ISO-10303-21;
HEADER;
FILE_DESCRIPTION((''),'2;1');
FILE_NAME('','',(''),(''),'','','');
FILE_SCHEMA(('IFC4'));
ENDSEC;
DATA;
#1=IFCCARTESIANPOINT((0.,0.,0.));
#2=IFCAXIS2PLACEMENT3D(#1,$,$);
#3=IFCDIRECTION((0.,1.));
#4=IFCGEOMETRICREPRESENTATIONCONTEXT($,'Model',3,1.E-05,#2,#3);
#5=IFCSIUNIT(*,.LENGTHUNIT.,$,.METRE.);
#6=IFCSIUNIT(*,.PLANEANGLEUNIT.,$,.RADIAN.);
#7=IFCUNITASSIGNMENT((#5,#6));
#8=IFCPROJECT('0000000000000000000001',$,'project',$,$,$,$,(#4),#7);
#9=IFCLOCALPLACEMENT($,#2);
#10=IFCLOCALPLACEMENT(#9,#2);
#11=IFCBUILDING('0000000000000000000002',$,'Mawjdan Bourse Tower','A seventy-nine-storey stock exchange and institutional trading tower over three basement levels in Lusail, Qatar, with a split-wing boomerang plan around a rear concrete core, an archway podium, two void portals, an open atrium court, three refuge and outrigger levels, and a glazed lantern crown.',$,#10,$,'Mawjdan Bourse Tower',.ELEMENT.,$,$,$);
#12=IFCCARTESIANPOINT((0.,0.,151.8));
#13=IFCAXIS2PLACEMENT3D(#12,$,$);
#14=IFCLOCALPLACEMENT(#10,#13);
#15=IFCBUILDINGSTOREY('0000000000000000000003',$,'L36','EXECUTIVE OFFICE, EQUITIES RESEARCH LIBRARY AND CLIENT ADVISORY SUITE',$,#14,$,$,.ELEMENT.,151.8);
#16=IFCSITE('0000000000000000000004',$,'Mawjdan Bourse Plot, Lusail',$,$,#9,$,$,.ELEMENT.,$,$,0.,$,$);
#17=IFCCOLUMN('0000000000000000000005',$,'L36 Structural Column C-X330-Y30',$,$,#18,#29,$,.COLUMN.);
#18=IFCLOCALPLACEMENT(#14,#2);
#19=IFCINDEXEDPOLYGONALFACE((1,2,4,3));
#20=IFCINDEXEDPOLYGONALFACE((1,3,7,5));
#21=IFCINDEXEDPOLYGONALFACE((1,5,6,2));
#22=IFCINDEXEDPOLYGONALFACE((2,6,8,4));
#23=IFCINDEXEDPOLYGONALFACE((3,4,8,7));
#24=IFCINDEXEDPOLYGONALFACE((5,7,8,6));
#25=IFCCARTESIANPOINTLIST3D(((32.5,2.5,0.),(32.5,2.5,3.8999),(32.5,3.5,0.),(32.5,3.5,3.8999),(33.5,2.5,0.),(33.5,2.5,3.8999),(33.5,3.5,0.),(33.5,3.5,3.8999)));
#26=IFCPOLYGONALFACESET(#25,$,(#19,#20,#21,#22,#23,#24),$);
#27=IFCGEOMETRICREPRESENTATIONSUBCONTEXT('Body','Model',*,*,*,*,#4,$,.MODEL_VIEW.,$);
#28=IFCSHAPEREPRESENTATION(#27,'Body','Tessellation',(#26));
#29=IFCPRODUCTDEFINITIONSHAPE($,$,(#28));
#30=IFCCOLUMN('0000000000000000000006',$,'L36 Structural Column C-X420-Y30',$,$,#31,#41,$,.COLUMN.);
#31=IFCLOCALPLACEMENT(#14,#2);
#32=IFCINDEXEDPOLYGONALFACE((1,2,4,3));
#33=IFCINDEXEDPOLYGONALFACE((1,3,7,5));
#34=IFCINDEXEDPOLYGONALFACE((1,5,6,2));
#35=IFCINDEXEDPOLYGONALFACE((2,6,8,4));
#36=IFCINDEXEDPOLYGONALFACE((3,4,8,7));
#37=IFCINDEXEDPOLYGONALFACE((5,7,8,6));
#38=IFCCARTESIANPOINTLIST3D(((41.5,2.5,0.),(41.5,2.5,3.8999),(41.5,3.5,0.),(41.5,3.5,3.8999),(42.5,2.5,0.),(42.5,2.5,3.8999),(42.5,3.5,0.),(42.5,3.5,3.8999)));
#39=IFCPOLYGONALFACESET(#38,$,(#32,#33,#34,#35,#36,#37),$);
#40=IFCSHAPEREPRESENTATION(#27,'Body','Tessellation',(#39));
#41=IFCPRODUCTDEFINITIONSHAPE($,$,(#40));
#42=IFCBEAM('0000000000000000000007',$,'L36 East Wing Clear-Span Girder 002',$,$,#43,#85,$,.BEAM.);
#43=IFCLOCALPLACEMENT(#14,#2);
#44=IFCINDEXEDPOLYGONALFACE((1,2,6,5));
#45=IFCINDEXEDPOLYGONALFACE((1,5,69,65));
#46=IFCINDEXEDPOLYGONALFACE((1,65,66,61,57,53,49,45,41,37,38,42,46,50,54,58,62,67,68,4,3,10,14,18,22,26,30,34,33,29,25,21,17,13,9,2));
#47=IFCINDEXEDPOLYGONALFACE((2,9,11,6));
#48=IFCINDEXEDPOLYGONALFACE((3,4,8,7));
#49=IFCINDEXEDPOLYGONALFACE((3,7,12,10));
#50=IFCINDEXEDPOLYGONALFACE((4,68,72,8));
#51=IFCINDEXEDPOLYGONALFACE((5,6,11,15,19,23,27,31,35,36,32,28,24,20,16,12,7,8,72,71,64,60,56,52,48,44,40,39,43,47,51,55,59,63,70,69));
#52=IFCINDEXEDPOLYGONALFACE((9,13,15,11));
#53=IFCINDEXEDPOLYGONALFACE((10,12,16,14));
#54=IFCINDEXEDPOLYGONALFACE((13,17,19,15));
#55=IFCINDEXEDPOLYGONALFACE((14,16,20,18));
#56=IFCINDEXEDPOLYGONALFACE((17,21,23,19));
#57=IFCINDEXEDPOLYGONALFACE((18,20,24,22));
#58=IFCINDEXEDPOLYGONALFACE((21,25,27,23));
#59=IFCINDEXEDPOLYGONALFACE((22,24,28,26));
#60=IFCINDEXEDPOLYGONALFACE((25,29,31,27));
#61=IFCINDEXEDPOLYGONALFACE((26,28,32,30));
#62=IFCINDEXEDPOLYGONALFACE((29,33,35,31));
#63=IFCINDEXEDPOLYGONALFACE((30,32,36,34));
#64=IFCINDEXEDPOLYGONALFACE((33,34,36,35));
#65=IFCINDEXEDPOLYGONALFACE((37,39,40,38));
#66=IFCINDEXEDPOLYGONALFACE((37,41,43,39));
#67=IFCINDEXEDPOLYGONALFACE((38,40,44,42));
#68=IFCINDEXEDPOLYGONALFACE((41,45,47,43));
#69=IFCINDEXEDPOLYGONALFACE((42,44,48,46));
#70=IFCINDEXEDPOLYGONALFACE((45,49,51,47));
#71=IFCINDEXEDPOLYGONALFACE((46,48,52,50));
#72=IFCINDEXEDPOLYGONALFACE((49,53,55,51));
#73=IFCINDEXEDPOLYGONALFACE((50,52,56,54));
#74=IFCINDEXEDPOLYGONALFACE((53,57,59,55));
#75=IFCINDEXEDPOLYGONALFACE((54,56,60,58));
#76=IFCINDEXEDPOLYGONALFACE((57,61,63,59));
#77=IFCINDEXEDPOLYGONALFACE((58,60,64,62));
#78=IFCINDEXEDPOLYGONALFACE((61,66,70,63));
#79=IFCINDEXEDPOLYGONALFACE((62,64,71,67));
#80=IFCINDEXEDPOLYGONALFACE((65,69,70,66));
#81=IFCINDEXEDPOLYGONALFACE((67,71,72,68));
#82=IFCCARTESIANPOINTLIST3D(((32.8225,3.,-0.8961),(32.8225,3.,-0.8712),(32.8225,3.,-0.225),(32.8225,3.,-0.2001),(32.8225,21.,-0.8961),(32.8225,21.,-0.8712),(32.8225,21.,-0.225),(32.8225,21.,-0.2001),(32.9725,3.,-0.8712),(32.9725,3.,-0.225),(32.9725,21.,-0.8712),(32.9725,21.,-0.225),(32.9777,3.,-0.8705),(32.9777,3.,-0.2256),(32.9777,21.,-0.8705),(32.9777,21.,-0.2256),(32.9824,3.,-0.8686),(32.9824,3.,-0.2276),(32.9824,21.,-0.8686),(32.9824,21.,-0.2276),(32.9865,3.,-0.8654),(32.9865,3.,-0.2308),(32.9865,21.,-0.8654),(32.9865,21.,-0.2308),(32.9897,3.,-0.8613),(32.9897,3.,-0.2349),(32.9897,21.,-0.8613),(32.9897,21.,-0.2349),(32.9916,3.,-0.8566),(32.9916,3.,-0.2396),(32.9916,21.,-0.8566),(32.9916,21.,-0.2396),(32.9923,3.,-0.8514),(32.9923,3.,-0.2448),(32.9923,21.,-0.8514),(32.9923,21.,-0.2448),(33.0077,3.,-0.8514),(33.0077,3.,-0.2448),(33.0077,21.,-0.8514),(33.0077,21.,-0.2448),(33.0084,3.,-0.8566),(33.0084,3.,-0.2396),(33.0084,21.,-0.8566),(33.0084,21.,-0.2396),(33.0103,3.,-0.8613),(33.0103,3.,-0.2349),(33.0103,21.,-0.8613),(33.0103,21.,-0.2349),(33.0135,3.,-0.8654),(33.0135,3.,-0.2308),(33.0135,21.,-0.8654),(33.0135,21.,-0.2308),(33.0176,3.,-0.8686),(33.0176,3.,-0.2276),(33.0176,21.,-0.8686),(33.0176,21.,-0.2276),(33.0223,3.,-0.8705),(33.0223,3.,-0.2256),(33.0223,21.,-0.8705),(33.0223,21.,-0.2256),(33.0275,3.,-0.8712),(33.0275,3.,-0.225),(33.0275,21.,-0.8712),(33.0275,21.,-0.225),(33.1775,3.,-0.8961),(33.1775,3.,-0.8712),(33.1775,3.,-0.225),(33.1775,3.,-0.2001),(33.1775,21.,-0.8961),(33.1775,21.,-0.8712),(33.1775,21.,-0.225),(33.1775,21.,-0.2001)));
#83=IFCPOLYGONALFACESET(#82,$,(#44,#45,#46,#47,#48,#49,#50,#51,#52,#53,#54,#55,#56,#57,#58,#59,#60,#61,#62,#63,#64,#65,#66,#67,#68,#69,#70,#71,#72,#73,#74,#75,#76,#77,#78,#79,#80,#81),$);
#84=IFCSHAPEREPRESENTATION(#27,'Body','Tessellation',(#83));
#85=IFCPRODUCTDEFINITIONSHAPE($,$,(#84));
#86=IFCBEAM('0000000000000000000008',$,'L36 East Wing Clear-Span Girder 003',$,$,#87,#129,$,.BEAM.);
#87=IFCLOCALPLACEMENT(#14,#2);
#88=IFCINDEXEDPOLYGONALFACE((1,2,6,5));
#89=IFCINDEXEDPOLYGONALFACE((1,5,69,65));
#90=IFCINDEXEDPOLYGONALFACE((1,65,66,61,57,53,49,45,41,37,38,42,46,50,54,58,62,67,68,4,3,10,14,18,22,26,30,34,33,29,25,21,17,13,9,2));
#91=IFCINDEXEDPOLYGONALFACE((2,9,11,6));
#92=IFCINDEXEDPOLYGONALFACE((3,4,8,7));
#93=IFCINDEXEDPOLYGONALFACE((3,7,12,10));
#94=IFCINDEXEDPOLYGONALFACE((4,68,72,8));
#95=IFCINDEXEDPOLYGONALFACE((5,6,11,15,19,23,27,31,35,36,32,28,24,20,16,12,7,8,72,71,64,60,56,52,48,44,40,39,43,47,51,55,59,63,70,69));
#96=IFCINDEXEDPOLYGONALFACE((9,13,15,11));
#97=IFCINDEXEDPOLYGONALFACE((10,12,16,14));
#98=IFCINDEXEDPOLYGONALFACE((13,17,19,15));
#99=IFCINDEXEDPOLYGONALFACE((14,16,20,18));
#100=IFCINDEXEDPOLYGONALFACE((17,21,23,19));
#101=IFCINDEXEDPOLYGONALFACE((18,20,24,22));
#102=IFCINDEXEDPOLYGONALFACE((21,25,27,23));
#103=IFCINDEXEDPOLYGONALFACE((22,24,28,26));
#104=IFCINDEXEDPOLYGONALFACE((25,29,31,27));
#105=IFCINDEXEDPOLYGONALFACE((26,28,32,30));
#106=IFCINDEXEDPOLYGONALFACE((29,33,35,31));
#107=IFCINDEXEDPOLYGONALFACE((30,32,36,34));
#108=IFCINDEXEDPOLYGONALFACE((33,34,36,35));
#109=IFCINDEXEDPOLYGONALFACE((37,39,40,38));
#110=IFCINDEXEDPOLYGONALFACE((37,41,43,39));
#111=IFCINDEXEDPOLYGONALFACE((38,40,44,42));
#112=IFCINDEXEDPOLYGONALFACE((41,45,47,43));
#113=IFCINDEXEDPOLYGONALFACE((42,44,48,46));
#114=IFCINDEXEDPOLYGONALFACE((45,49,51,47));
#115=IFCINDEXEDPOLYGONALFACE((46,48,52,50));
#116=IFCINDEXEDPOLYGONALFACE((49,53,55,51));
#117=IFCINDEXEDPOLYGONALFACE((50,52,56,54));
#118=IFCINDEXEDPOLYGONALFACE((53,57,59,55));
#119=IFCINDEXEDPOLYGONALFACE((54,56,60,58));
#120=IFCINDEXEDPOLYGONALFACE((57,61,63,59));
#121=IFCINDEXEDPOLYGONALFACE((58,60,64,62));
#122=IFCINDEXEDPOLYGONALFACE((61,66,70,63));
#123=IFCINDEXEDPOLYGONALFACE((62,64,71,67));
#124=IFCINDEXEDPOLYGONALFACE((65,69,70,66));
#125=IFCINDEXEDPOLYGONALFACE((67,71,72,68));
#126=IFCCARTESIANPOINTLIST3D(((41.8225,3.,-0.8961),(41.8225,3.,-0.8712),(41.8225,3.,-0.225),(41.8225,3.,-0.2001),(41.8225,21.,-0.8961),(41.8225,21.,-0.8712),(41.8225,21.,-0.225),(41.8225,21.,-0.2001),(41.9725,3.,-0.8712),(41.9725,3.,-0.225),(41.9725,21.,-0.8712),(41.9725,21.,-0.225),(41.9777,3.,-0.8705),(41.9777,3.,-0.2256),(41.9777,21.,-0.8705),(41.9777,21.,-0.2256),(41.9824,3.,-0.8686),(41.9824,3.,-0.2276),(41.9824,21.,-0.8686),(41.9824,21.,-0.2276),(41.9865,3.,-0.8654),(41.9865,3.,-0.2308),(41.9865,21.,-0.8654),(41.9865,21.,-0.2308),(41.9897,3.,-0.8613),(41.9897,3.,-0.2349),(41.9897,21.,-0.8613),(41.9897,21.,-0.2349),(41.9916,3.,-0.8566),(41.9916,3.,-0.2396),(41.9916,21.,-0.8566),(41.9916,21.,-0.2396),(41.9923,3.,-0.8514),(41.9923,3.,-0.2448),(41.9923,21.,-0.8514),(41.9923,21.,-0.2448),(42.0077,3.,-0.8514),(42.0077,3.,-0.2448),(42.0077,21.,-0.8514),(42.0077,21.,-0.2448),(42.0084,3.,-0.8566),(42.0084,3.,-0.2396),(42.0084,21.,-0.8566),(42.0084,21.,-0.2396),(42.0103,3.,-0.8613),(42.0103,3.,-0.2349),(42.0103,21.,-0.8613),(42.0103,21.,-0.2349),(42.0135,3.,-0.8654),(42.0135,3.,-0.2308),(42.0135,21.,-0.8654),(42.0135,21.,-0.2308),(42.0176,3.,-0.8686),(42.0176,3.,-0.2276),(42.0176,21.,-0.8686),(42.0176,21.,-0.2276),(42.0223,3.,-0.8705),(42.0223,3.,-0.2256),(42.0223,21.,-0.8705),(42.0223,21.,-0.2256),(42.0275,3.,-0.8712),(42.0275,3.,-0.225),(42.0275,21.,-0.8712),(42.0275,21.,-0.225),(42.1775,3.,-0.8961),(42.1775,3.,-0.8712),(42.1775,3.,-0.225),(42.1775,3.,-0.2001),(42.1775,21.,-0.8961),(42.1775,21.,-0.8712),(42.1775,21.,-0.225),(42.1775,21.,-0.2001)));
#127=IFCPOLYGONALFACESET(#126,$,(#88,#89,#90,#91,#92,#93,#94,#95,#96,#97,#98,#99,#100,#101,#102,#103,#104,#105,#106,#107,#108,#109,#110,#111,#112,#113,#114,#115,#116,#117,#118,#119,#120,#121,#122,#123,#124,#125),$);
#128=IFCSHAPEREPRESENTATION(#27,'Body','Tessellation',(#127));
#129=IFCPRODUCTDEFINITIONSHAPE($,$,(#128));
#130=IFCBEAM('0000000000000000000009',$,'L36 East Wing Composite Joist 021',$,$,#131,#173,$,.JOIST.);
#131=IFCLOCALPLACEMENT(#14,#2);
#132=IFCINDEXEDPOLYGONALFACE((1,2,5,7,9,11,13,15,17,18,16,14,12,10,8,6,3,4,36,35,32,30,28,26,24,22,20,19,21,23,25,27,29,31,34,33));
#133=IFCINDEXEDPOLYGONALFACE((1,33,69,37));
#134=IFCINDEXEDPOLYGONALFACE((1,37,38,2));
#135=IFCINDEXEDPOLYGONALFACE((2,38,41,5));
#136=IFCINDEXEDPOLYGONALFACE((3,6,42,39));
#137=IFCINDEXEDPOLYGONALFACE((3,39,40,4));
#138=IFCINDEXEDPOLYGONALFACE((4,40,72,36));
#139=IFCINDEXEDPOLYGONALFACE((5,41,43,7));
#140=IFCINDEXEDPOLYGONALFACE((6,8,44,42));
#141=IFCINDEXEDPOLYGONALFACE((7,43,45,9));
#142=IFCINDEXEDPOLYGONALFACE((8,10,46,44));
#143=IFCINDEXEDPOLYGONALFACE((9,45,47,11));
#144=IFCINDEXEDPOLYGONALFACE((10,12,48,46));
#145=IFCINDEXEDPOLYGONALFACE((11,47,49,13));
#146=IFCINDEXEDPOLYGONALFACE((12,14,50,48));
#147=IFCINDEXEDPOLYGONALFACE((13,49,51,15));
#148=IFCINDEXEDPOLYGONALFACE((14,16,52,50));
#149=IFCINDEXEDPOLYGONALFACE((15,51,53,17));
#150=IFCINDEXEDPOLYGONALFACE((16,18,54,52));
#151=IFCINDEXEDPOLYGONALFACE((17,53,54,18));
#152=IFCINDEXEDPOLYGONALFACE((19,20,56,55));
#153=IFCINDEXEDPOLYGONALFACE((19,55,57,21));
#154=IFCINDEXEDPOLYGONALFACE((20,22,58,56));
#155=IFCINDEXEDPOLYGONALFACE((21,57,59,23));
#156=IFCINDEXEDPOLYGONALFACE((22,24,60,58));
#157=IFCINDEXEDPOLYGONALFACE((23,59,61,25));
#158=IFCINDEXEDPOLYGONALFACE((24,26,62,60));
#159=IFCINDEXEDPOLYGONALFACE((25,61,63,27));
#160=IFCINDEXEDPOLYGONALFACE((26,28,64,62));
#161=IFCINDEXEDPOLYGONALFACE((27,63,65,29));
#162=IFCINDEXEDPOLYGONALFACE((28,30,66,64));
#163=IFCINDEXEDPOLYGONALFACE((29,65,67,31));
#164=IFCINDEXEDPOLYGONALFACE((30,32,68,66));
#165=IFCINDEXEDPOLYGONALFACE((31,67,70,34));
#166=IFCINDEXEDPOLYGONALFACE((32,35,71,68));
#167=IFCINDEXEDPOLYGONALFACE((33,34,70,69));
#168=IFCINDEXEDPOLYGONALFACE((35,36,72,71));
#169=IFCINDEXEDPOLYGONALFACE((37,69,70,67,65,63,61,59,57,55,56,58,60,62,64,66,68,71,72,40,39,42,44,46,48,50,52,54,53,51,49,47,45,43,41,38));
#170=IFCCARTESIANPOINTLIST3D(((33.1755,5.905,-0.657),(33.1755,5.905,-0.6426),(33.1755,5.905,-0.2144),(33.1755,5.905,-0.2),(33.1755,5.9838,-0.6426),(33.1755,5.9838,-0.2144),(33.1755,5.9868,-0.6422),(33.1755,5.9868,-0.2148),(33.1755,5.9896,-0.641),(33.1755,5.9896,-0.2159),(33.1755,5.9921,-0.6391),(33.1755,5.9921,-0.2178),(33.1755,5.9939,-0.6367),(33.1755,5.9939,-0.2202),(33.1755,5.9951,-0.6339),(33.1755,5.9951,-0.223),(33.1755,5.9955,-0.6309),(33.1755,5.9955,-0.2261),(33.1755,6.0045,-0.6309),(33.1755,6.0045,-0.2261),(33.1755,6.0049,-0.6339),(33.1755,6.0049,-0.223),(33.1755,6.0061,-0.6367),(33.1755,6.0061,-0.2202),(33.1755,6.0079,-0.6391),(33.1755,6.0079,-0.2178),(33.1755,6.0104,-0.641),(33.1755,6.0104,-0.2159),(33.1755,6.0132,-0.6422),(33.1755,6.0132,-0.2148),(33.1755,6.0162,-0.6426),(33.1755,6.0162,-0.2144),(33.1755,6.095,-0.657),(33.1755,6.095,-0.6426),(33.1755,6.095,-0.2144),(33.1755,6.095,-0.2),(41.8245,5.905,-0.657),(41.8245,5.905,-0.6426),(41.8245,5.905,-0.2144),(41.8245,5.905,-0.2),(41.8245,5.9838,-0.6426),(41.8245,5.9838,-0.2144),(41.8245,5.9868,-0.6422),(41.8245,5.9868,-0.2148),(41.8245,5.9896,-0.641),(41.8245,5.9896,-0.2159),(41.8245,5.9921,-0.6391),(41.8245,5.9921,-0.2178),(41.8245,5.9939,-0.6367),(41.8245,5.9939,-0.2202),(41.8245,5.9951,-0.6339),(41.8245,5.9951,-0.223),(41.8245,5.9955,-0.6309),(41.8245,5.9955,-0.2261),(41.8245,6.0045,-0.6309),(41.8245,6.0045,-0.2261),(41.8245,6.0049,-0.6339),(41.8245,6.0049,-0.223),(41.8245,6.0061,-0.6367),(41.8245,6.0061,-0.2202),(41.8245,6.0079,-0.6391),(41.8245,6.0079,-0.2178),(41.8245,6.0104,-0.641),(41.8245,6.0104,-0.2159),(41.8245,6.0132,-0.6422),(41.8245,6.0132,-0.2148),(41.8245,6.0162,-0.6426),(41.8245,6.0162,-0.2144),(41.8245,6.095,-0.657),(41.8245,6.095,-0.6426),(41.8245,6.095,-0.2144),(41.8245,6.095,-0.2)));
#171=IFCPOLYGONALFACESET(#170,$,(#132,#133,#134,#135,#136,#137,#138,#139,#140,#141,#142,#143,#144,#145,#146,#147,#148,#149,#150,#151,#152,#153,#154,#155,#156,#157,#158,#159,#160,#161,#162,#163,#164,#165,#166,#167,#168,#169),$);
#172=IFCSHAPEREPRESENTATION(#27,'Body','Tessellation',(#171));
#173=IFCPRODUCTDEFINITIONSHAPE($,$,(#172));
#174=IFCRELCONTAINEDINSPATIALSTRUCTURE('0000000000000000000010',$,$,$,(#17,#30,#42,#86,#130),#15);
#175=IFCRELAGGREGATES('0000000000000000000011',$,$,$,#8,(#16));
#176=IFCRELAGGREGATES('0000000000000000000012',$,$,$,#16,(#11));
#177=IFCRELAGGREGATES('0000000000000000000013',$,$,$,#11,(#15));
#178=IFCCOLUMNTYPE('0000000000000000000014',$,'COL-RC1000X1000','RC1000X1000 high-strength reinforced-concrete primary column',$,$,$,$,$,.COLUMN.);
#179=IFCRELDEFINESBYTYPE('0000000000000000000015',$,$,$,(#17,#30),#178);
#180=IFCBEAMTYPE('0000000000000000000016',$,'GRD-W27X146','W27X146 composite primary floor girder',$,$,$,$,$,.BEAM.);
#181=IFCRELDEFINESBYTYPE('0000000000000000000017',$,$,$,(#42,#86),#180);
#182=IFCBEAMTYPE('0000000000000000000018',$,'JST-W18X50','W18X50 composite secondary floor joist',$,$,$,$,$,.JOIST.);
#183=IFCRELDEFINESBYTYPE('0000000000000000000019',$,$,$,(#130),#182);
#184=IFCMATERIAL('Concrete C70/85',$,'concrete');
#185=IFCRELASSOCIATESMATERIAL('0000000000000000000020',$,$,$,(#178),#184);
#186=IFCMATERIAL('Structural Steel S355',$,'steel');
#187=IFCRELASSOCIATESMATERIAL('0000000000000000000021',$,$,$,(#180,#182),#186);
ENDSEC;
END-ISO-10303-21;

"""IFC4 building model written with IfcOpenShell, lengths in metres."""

from ifc_helpers import new_model, si_unit, direction, frame, origin, origin_2d, place, context, subcontext, project, spatial, rectangle, i_section, extrude, material, material_profile, profile_set, type_object, element, save


model = new_model("IFC4")

# Units and contexts
model_context = context("Model", 3, precision=1e-05, world=origin(), true_north=direction((0.0, 1.0)))
body_context = subcontext(model_context, "Body", "Model", "MODEL_VIEW")
ifc_project = project(units=[si_unit("LENGTHUNIT", "METRE"), si_unit("PLANEANGLEUNIT", "RADIAN")], contexts=[model_context])

# Site, building, storey
site_placement = place(None, origin())
site = spatial("IfcSite", under=ifc_project, at=site_placement, Name="Mawjdan Bourse Plot, Lusail", CompositionType="ELEMENT", RefElevation=0.0)
building_placement = place(site_placement, origin())
building = spatial("IfcBuilding", under=site, at=building_placement, Name="Mawjdan Bourse Tower", Description="A seventy-nine-storey stock exchange and institutional trading tower over three basement levels in Lusail, Qatar, with a split-wing boomerang plan around a rear concrete core, an archway podium, two void portals, an open atrium court, three refuge and outrigger levels, and a glazed lantern crown.", LongName="Mawjdan Bourse Tower", CompositionType="ELEMENT")
storey_placement = place(building_placement, frame((0.0, 0.0, 151.8)))
storey = spatial("IfcBuildingStorey", under=building, at=storey_placement, Name="L36", Description="EXECUTIVE OFFICE, EQUITIES RESEARCH LIBRARY AND CLIENT ADVISORY SUITE", CompositionType="ELEMENT", Elevation=151.8)

# Columns
ifc_material_1 = material(Name="Concrete C70/85", Category="concrete")
ifc_material_profile_1 = material_profile(ifc_material_1, rectangle(XDim=1.0, YDim=1.0, at=origin_2d()), Name="RC1000X1000")
ifc_profile_set_1 = profile_set([ifc_material_profile_1], Name="Concrete C70/85")
column_type = type_object("IfcColumnType", Name="COL-RC1000X1000", Description="RC1000X1000 high-strength reinforced-concrete primary column", PredefinedType="COLUMN", material=ifc_profile_set_1)
for number, where, z_axis, x_axis, name in (
    (1, (33.0, 3.0, 0.0), (0.0, 0.0, 1.0), (1.0, 0.0, 0.0), "L36 Structural Column C-X330-Y30"),
    (2, (42.0, 3.0, 0.0), (0.0, 0.0, 1.0), (1.0, 0.0, 0.0), "L36 Structural Column C-X420-Y30"),
):
    element("IfcColumn", number, at=place(storey_placement, frame(where, z_axis=z_axis, x_axis=x_axis)), inside=storey, type_object=column_type, Name=name, PredefinedType="COLUMN", context=body_context, shape_type="SweptSolid", body=[
        extrude(rectangle(XDim=1.0, YDim=1.0, at=origin_2d()), origin(), (0.0, 0.0, 1.0), 3.8999),
    ])

# Beams
ifc_material_2 = material(Name="Structural Steel S355", Category="steel")
ifc_material_profile_2 = material_profile(ifc_material_2, i_section(OverallWidth=0.355, OverallDepth=0.696, WebThickness=0.0154, FlangeThickness=0.0249, FilletRadius=0.0198, at=origin_2d()), Name="W27X146")
ifc_profile_set_2 = profile_set([ifc_material_profile_2], Name="Structural Steel S355")
beam_type_1 = type_object("IfcBeamType", Name="GRD-W27X146", Description="W27X146 composite primary floor girder", PredefinedType="BEAM", material=ifc_profile_set_2)
for number, where, z_axis, x_axis, name in (
    (3, (33.0, 3.0, -0.5481), (0.0, 1.0, 0.0), (-1.0, 0.0, 0.0), "L36 East Wing Clear-Span Girder 002"),
    (4, (42.0, 3.0, -0.5481), (0.0, 1.0, 0.0), (-1.0, 0.0, 0.0), "L36 East Wing Clear-Span Girder 003"),
):
    element("IfcBeam", number, at=place(storey_placement, frame(where, z_axis=z_axis, x_axis=x_axis)), inside=storey, type_object=beam_type_1, Name=name, PredefinedType="BEAM", context=body_context, shape_type="SweptSolid", body=[
        extrude(i_section(OverallWidth=0.355, OverallDepth=0.696, WebThickness=0.0154, FlangeThickness=0.0249, FilletRadius=0.0198, at=origin_2d()), origin(), (0.0, 0.0, 1.0), 18.0),
    ])
ifc_material_profile_3 = material_profile(ifc_material_2, i_section(OverallWidth=0.1899, OverallDepth=0.457, WebThickness=0.009, FlangeThickness=0.0144, FilletRadius=0.0117, at=origin_2d()), Name="W18X50")
ifc_profile_set_3 = profile_set([ifc_material_profile_3], Name="Structural Steel S355")
beam_type_2 = type_object("IfcBeamType", Name="JST-W18X50", Description="W18X50 composite secondary floor joist", PredefinedType="JOIST", material=ifc_profile_set_3)
for number, where, z_axis, x_axis, name in (
    (5, (33.1755, 6.0, -0.4285), (1.0, 0.0, 0.0), (0.0, 1.0, 0.0), "L36 East Wing Composite Joist 021"),
):
    element("IfcBeam", number, at=place(storey_placement, frame(where, z_axis=z_axis, x_axis=x_axis)), inside=storey, type_object=beam_type_2, Name=name, PredefinedType="JOIST", context=body_context, shape_type="SweptSolid", body=[
        extrude(i_section(OverallWidth=0.1899, OverallDepth=0.457, WebThickness=0.009, FlangeThickness=0.0144, FilletRadius=0.0117, at=origin_2d()), origin(), (0.0, 0.0, 1.0), 8.6489),
    ])

save(model, "model.ifc")
